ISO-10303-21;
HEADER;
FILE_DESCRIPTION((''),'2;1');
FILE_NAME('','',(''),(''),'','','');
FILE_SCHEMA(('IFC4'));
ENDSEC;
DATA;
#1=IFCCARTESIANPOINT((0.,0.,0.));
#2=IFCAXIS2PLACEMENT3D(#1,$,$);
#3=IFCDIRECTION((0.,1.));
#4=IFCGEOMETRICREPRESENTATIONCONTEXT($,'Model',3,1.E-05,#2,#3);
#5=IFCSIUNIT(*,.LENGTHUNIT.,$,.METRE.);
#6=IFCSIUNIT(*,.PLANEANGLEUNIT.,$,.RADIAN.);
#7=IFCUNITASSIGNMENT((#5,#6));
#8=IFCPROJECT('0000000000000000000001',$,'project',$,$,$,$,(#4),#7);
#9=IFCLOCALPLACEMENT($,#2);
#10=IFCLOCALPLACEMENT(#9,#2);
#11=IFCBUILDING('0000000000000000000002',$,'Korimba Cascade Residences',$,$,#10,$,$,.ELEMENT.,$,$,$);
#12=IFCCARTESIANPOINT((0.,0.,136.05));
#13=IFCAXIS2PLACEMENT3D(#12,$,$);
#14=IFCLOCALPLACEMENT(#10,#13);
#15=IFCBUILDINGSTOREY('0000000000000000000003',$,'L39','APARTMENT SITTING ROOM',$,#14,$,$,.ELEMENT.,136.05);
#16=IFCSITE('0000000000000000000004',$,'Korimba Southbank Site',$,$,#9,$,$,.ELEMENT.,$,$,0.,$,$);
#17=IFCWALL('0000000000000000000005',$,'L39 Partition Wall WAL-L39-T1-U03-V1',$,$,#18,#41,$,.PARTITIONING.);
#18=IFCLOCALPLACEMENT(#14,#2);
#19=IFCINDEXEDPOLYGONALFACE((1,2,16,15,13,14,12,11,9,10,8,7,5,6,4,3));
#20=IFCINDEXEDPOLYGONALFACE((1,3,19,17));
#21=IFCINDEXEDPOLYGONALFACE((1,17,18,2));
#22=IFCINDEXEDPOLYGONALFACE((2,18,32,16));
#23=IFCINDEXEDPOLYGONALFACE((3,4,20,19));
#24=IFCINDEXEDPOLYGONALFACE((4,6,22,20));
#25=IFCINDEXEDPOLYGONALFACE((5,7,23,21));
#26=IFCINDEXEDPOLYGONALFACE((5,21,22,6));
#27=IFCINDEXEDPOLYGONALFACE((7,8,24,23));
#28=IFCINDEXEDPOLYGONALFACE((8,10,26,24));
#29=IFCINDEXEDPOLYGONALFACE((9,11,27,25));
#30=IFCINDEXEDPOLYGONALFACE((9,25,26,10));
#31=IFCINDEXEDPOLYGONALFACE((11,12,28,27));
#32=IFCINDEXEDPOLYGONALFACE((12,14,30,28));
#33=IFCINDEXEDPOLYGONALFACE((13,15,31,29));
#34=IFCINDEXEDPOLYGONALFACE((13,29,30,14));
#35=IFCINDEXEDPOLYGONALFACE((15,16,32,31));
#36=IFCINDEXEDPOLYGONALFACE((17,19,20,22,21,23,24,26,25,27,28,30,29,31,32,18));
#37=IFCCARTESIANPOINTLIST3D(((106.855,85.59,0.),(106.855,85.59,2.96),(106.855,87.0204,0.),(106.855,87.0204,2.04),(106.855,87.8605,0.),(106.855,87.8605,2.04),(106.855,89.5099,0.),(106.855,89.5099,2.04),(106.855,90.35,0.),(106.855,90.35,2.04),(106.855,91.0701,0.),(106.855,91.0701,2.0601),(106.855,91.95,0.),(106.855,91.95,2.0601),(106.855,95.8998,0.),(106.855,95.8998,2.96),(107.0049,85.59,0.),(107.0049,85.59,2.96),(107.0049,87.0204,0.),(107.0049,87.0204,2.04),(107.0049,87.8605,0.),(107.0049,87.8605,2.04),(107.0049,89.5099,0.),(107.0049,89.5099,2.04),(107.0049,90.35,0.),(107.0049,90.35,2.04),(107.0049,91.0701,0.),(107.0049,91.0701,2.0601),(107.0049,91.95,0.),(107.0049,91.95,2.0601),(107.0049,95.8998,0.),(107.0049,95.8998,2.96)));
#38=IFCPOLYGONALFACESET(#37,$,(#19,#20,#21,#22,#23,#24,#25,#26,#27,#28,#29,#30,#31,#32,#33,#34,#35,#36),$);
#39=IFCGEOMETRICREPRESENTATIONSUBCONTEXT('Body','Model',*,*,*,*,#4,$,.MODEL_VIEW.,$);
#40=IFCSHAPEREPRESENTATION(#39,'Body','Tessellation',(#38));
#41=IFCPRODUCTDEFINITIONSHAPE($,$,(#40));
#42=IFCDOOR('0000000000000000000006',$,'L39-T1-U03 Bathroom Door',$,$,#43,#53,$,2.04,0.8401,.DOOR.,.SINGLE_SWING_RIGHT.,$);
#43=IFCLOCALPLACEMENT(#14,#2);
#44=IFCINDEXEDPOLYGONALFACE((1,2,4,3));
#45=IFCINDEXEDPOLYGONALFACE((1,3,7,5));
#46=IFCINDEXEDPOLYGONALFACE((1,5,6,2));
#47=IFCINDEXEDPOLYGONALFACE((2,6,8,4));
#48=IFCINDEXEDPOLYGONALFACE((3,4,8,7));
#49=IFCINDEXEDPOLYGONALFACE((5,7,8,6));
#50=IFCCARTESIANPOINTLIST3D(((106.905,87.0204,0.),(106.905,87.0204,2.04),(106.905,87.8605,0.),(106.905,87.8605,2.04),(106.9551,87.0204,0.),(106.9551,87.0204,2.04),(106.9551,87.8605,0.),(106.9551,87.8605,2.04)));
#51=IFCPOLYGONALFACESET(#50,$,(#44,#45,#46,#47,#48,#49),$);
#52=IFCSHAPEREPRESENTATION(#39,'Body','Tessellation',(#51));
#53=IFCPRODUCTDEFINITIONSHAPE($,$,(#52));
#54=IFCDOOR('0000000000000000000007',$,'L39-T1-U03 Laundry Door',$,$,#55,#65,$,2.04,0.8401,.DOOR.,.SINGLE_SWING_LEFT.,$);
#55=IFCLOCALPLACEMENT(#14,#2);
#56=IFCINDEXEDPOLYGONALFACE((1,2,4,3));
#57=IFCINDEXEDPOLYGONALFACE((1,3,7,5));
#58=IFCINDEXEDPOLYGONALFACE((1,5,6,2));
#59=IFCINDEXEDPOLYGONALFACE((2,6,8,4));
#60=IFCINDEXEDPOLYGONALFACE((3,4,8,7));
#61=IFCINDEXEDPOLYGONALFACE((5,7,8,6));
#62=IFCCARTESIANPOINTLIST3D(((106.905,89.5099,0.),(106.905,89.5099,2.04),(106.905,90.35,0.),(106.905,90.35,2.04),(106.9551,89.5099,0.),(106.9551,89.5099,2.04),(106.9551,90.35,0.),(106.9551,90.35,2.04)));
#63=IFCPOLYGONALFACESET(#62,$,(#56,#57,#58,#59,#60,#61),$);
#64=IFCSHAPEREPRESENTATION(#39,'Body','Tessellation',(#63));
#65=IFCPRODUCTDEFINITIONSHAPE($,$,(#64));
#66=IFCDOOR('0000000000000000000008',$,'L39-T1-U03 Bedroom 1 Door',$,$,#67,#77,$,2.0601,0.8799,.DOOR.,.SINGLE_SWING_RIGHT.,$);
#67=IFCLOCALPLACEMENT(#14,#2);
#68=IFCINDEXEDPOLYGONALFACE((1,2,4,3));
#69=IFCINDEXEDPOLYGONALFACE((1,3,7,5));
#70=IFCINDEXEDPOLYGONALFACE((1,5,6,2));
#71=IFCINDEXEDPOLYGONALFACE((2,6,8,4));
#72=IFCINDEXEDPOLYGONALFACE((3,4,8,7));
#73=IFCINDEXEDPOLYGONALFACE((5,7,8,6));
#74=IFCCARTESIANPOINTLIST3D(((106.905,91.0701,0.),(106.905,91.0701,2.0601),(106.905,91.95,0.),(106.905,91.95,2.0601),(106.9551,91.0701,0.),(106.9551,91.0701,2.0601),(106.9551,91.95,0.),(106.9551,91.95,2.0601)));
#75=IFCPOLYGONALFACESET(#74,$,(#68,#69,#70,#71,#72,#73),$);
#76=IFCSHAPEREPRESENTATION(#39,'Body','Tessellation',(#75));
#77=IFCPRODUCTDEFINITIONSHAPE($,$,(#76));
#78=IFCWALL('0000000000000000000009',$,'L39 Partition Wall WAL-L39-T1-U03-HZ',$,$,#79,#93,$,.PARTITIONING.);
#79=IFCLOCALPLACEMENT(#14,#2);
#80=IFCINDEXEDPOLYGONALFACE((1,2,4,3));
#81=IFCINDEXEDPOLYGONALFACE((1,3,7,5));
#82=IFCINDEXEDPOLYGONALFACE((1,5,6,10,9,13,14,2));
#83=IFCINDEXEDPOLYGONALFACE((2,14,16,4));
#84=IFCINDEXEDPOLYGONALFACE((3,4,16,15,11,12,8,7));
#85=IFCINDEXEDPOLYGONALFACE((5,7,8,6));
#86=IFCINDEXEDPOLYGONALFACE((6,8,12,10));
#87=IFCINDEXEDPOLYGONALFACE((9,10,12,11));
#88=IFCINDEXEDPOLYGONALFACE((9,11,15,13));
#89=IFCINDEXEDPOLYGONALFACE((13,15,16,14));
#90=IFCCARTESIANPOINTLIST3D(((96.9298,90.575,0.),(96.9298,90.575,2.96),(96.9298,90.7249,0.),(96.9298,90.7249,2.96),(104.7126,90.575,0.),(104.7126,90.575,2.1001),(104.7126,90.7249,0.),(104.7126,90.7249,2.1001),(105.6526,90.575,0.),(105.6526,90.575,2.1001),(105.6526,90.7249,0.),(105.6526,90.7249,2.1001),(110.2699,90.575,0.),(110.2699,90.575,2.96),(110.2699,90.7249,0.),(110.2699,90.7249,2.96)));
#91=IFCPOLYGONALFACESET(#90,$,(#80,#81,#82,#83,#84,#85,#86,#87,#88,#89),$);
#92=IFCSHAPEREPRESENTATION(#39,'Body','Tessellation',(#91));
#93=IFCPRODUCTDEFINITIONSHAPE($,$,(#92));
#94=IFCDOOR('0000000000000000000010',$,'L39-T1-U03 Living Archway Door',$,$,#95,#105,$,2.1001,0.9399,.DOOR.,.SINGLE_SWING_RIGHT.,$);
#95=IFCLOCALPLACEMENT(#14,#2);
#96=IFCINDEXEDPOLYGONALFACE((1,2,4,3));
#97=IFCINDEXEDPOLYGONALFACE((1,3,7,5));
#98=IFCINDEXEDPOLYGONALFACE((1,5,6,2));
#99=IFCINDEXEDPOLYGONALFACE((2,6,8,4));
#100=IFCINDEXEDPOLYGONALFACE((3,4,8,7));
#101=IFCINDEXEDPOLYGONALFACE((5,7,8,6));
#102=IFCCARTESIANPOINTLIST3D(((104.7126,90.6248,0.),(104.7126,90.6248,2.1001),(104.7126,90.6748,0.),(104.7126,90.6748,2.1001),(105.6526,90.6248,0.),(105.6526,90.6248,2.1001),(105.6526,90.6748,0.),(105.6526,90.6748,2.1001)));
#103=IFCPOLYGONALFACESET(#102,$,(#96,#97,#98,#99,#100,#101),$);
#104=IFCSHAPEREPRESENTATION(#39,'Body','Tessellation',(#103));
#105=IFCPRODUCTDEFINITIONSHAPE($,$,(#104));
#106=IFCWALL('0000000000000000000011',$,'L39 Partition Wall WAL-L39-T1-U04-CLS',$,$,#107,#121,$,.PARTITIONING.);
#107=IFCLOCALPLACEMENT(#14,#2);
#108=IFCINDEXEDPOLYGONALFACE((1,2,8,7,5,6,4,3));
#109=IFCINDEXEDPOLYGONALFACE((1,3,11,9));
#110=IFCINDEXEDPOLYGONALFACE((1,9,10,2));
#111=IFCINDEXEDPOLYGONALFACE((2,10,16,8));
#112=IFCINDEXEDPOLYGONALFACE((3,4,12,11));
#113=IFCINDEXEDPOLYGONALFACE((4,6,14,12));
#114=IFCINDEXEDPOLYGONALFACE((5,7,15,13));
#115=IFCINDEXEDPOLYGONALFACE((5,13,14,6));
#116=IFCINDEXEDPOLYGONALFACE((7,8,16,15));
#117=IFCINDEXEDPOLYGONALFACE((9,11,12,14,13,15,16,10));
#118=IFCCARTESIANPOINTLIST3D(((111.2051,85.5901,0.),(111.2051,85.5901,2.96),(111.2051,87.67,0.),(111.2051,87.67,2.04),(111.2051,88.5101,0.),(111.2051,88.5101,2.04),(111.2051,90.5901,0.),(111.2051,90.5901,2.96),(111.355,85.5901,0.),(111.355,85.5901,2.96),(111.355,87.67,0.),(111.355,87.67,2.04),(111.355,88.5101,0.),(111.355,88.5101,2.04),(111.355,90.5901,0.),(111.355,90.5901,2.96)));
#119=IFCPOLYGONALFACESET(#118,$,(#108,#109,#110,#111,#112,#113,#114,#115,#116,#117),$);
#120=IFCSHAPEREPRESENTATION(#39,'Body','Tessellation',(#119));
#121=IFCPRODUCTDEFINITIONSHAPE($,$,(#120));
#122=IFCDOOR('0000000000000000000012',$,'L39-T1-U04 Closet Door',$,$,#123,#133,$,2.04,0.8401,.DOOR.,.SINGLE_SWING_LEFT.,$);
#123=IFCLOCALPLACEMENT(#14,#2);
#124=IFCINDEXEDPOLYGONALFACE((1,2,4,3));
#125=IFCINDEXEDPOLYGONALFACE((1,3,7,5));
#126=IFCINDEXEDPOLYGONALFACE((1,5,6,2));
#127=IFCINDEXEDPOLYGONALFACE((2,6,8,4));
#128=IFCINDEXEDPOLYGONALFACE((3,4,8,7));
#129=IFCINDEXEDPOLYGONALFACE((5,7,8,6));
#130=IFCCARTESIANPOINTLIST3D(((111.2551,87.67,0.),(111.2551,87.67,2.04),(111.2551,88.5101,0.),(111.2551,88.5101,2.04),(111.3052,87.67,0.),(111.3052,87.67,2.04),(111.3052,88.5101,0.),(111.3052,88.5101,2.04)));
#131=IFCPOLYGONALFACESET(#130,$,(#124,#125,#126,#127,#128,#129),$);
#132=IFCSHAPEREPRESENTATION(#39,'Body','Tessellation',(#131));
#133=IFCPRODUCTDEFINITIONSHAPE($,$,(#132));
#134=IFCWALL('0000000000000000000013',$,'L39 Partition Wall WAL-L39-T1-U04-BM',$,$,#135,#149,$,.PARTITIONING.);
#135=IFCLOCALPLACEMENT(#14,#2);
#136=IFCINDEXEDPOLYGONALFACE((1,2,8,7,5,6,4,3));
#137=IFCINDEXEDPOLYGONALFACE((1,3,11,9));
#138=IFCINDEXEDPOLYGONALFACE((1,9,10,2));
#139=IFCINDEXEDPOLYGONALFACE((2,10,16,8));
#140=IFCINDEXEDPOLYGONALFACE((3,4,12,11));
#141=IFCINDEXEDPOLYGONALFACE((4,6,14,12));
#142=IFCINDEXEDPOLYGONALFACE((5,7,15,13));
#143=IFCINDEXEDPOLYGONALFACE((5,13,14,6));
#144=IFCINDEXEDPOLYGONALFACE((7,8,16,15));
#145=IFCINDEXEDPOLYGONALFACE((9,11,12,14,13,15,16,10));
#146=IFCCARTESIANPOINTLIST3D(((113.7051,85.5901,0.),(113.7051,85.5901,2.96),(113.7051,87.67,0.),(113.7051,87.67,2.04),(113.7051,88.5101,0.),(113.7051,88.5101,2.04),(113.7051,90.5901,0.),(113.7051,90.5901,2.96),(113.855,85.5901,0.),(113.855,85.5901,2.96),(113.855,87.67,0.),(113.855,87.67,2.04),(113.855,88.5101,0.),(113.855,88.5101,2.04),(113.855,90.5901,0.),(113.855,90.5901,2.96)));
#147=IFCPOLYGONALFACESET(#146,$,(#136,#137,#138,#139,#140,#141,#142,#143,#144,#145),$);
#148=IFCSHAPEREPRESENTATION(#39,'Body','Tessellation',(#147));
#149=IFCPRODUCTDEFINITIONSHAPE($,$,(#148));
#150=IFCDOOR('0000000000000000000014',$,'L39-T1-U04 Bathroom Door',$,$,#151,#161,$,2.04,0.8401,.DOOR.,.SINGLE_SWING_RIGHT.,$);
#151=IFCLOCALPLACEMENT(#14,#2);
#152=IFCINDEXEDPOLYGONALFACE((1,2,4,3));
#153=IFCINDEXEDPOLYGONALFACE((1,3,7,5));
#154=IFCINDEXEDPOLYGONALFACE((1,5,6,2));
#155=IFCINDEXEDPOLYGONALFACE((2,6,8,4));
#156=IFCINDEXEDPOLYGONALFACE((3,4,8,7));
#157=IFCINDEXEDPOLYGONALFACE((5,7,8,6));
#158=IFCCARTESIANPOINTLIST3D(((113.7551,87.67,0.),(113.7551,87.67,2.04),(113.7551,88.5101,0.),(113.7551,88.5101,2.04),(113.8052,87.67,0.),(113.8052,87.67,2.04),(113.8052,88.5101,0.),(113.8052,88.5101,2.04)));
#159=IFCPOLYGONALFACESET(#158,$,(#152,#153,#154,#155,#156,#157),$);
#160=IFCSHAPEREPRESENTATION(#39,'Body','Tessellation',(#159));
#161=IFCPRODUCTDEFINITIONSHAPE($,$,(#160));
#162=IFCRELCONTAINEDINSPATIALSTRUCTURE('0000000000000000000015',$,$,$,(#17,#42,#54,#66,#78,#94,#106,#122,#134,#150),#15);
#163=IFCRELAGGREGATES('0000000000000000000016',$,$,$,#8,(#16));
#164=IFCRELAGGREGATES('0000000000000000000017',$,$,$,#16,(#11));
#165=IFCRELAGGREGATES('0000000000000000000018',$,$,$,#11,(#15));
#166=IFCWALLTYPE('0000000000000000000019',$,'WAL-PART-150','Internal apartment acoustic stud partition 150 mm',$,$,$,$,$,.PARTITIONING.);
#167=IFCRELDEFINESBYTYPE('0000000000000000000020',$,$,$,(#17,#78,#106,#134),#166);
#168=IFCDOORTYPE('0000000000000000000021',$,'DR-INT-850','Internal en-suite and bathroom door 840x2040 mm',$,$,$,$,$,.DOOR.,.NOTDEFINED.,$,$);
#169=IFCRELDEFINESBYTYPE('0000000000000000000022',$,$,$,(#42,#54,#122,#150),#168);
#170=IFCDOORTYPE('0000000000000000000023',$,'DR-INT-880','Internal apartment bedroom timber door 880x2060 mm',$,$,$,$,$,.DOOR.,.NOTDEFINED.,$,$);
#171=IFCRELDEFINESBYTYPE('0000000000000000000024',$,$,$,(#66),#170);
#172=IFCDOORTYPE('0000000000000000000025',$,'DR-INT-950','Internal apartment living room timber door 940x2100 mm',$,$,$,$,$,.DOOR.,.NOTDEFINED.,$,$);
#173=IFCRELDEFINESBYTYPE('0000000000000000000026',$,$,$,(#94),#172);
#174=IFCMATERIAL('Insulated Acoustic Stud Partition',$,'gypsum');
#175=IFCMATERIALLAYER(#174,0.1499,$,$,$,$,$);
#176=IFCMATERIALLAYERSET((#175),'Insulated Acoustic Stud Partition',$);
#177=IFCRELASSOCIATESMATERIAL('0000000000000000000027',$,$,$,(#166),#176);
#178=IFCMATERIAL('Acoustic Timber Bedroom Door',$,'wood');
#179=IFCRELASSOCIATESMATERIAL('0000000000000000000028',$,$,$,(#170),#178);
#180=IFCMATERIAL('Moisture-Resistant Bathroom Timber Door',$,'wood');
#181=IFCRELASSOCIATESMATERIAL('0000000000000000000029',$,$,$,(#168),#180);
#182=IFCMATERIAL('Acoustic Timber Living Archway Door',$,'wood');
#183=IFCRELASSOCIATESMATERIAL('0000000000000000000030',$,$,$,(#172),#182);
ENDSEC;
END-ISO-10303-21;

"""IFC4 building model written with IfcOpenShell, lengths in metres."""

from ifc_helpers import new_model, si_unit, direction, frame, frame_2d, origin, place, context, subcontext, project, spatial, rectangle, extrude, material, layer, layer_set, type_object, element, fill, save


model = new_model("IFC4")

# Units and contexts
model_context = context("Model", 3, precision=1e-05, world=origin(), true_north=direction((0.0, 1.0)))
body_context = subcontext(model_context, "Body", "Model", "MODEL_VIEW")
ifc_project = project(units=[si_unit("LENGTHUNIT", "METRE"), si_unit("PLANEANGLEUNIT", "RADIAN")], contexts=[model_context])

# Site, building, storey
site_placement = place(None, origin())
site = spatial("IfcSite", under=ifc_project, at=site_placement, Name="Korimba Southbank Site", CompositionType="ELEMENT", RefElevation=0.0)
building_placement = place(site_placement, origin())
building = spatial("IfcBuilding", under=site, at=building_placement, Name="Korimba Cascade Residences", CompositionType="ELEMENT")
storey_placement = place(building_placement, frame((0.0, 0.0, 136.05)))
storey = spatial("IfcBuildingStorey", under=building, at=storey_placement, Name="L39", Description="APARTMENT SITTING ROOM", CompositionType="ELEMENT", Elevation=136.05)

# Shared definitions
ifc_material_1 = material(Name="Insulated Acoustic Stud Partition", Category="gypsum")
ifc_layer = layer(ifc_material_1, 0.1499)
ifc_layer_set = layer_set([ifc_layer], Name="Insulated Acoustic Stud Partition")
wall_type = type_object("IfcWallType", Name="WAL-PART-150", Description="Internal apartment acoustic stud partition 150 mm", PredefinedType="PARTITIONING", material=ifc_layer_set)
ifc_material_2 = material(Name="Acoustic Timber Bedroom Door", Category="wood")
door_type_1 = type_object("IfcDoorType", Name="DR-INT-880", Description="Internal apartment bedroom timber door 880x2060 mm", OperationType="NOTDEFINED", PredefinedType="DOOR", material=ifc_material_2)

# Wall, openings, doors
wall_1_placement = place(storey_placement, frame((106.9299, 85.5901, 0.0), z_axis=(0.0, 0.0, 1.0), x_axis=(0.0, 1.0, 0.0)))
wall_1 = element("IfcWall", 1, at=wall_1_placement, inside=storey, type_object=wall_type, Name="L39 Partition Wall WAL-L39-T1-U03-V1", PredefinedType="PARTITIONING", context=body_context, shape_type="SweptSolid", body=[
    extrude(rectangle(XDim=10.3098, YDim=0.1499, at=frame_2d((5.1548, 0.0))), origin(), (0.0, 0.0, 1.0), 2.96),
])
opening_1_placement = place(wall_1_placement, frame((1.4304, 0.0, 0.0)))
opening_1 = element("IfcOpeningElement", 2, at=opening_1_placement, cuts=wall_1, PredefinedType="OPENING", context=body_context, shape_type="SweptSolid", body=[
    extrude(rectangle(XDim=0.8401, YDim=2.04, at=frame_2d((0.4199, 1.02))), frame((0.0, 0.085, 0.0), z_axis=(0.0, -1.0, 0.0), x_axis=(1.0, 0.0, 0.0)), (0.0, 0.0, 1.0), 0.1699),
])
opening_2_placement = place(wall_1_placement, frame((3.9199, 0.0, 0.0)))
opening_2 = element("IfcOpeningElement", 3, at=opening_2_placement, cuts=wall_1, PredefinedType="OPENING", context=body_context, shape_type="SweptSolid", body=[
    extrude(rectangle(XDim=0.8401, YDim=2.04, at=frame_2d((0.4199, 1.02))), frame((0.0, 0.085, 0.0), z_axis=(0.0, -1.0, 0.0), x_axis=(1.0, 0.0, 0.0)), (0.0, 0.0, 1.0), 0.1699),
])
opening_3_placement = place(wall_1_placement, frame((5.48, 0.0, 0.0)))
opening_3 = element("IfcOpeningElement", 4, at=opening_3_placement, cuts=wall_1, PredefinedType="OPENING", context=body_context, shape_type="SweptSolid", body=[
    extrude(rectangle(XDim=0.8799, YDim=2.0601, at=frame_2d((0.4399, 1.03))), frame((0.0, 0.085, 0.0), z_axis=(0.0, -1.0, 0.0), x_axis=(1.0, 0.0, 0.0)), (0.0, 0.0, 1.0), 0.1699),
])
ifc_material_3 = material(Name="Moisture-Resistant Bathroom Timber Door", Category="wood")
door_type_2 = type_object("IfcDoorType", Name="DR-INT-850", Description="Internal en-suite and bathroom door 840x2040 mm", OperationType="NOTDEFINED", PredefinedType="DOOR", material=ifc_material_3)
door_1_placement = place(opening_1_placement, origin())
door_1 = element("IfcDoor", 5, at=door_1_placement, inside=storey, type_object=door_type_2, Name="L39-T1-U03 Bathroom Door", OperationType="SINGLE_SWING_RIGHT", OverallHeight=2.04, OverallWidth=0.8401, PredefinedType="DOOR", context=body_context, shape_type="SweptSolid", body=[
    extrude(rectangle(XDim=0.8401, YDim=2.04, at=frame_2d((0.4199, 1.02))), frame((0.0, 0.0249, 0.0), z_axis=(0.0, -1.0, 0.0), x_axis=(1.0, 0.0, 0.0)), (0.0, 0.0, 1.0), 0.05),
])
fill(opening_1, door_1)
door_2_placement = place(opening_2_placement, origin())
door_2 = element("IfcDoor", 6, at=door_2_placement, inside=storey, type_object=door_type_2, Name="L39-T1-U03 Laundry Door", OperationType="SINGLE_SWING_LEFT", OverallHeight=2.04, OverallWidth=0.8401, PredefinedType="DOOR", context=body_context, shape_type="SweptSolid", body=[
    extrude(rectangle(XDim=0.8401, YDim=2.04, at=frame_2d((0.4199, 1.02))), frame((0.0, 0.0249, 0.0), z_axis=(0.0, -1.0, 0.0), x_axis=(1.0, 0.0, 0.0)), (0.0, 0.0, 1.0), 0.05),
])
fill(opening_2, door_2)
door_3_placement = place(opening_3_placement, origin())
door_3 = element("IfcDoor", 7, at=door_3_placement, inside=storey, type_object=door_type_1, Name="L39-T1-U03 Bedroom 1 Door", OperationType="SINGLE_SWING_RIGHT", OverallHeight=2.0601, OverallWidth=0.8799, PredefinedType="DOOR", context=body_context, shape_type="SweptSolid", body=[
    extrude(rectangle(XDim=0.8799, YDim=2.0601, at=frame_2d((0.4399, 1.03))), frame((0.0, 0.0249, 0.0), z_axis=(0.0, -1.0, 0.0), x_axis=(1.0, 0.0, 0.0)), (0.0, 0.0, 1.0), 0.05),
])
fill(opening_3, door_3)

# Walls, openings, doors
wall_2_placement = place(storey_placement, frame((96.9299, 90.6499, 0.0), z_axis=(0.0, 0.0, 1.0), x_axis=(1.0, 0.0, 0.0)))
wall_2 = element("IfcWall", 8, at=wall_2_placement, inside=storey, type_object=wall_type, Name="L39 Partition Wall WAL-L39-T1-U03-HZ", PredefinedType="PARTITIONING", context=body_context, shape_type="SweptSolid", body=[
    extrude(rectangle(XDim=13.3401, YDim=0.1499, at=frame_2d((6.6699, 0.0))), origin(), (0.0, 0.0, 1.0), 2.96),
])
opening_4_placement = place(wall_2_placement, frame((7.7827, 0.0, 0.0)))
opening_4 = element("IfcOpeningElement", 9, at=opening_4_placement, cuts=wall_2, PredefinedType="OPENING", context=body_context, shape_type="SweptSolid", body=[
    extrude(rectangle(XDim=0.9399, YDim=2.1001, at=frame_2d((0.47, 1.05))), frame((0.0, 0.085, 0.0), z_axis=(0.0, -1.0, 0.0), x_axis=(1.0, 0.0, 0.0)), (0.0, 0.0, 1.0), 0.1699),
])
ifc_material_4 = material(Name="Acoustic Timber Living Archway Door", Category="wood")
door_type_3 = type_object("IfcDoorType", Name="DR-INT-950", Description="Internal apartment living room timber door 940x2100 mm", OperationType="NOTDEFINED", PredefinedType="DOOR", material=ifc_material_4)
door_4_placement = place(opening_4_placement, origin())
door_4 = element("IfcDoor", 10, at=door_4_placement, inside=storey, type_object=door_type_3, Name="L39-T1-U03 Living Archway Door", OperationType="SINGLE_SWING_RIGHT", OverallHeight=2.1001, OverallWidth=0.9399, PredefinedType="DOOR", context=body_context, shape_type="SweptSolid", body=[
    extrude(rectangle(XDim=0.9399, YDim=2.1001, at=frame_2d((0.47, 1.05))), frame((0.0, 0.0249, 0.0), z_axis=(0.0, -1.0, 0.0), x_axis=(1.0, 0.0, 0.0)), (0.0, 0.0, 1.0), 0.05),
])
fill(opening_4, door_4)
wall_3_placement = place(storey_placement, frame((111.28, 85.5901, 0.0), z_axis=(0.0, 0.0, 1.0), x_axis=(0.0, 1.0, 0.0)))
wall_3 = element("IfcWall", 11, at=wall_3_placement, inside=storey, type_object=wall_type, Name="L39 Partition Wall WAL-L39-T1-U04-CLS", PredefinedType="PARTITIONING", context=body_context, shape_type="SweptSolid", body=[
    extrude(rectangle(XDim=5.0, YDim=0.1499, at=frame_2d((2.5, 0.0))), origin(), (0.0, 0.0, 1.0), 2.96),
])
opening_5_placement = place(wall_3_placement, frame((2.0801, 0.0, 0.0)))
opening_5 = element("IfcOpeningElement", 12, at=opening_5_placement, cuts=wall_3, PredefinedType="OPENING", context=body_context, shape_type="SweptSolid", body=[
    extrude(rectangle(XDim=0.8401, YDim=2.04, at=frame_2d((0.4199, 1.02))), frame((0.0, 0.085, 0.0), z_axis=(0.0, -1.0, 0.0), x_axis=(1.0, 0.0, 0.0)), (0.0, 0.0, 1.0), 0.1699),
])
door_5_placement = place(opening_5_placement, origin())
door_5 = element("IfcDoor", 13, at=door_5_placement, inside=storey, type_object=door_type_2, Name="L39-T1-U04 Closet Door", OperationType="SINGLE_SWING_LEFT", OverallHeight=2.04, OverallWidth=0.8401, PredefinedType="DOOR", context=body_context, shape_type="SweptSolid", body=[
    extrude(rectangle(XDim=0.8401, YDim=2.04, at=frame_2d((0.4199, 1.02))), frame((0.0, 0.0249, 0.0), z_axis=(0.0, -1.0, 0.0), x_axis=(1.0, 0.0, 0.0)), (0.0, 0.0, 1.0), 0.05),
])
fill(opening_5, door_5)
wall_4_placement = place(storey_placement, frame((113.78, 85.5901, 0.0), z_axis=(0.0, 0.0, 1.0), x_axis=(0.0, 1.0, 0.0)))
wall_4 = element("IfcWall", 14, at=wall_4_placement, inside=storey, type_object=wall_type, Name="L39 Partition Wall WAL-L39-T1-U04-BM", PredefinedType="PARTITIONING", context=body_context, shape_type="SweptSolid", body=[
    extrude(rectangle(XDim=5.0, YDim=0.1499, at=frame_2d((2.5, 0.0))), origin(), (0.0, 0.0, 1.0), 2.96),
])
opening_6_placement = place(wall_4_placement, frame((2.0801, 0.0, 0.0)))
opening_6 = element("IfcOpeningElement", 15, at=opening_6_placement, cuts=wall_4, PredefinedType="OPENING", context=body_context, shape_type="SweptSolid", body=[
    extrude(rectangle(XDim=0.8401, YDim=2.04, at=frame_2d((0.4199, 1.02))), frame((0.0, 0.085, 0.0), z_axis=(0.0, -1.0, 0.0), x_axis=(1.0, 0.0, 0.0)), (0.0, 0.0, 1.0), 0.1699),
])
door_6_placement = place(opening_6_placement, origin())
door_6 = element("IfcDoor", 16, at=door_6_placement, inside=storey, type_object=door_type_2, Name="L39-T1-U04 Bathroom Door", OperationType="SINGLE_SWING_RIGHT", OverallHeight=2.04, OverallWidth=0.8401, PredefinedType="DOOR", context=body_context, shape_type="SweptSolid", body=[
    extrude(rectangle(XDim=0.8401, YDim=2.04, at=frame_2d((0.4199, 1.02))), frame((0.0, 0.0249, 0.0), z_axis=(0.0, -1.0, 0.0), x_axis=(1.0, 0.0, 0.0)), (0.0, 0.0, 1.0), 0.05),
])
fill(opening_6, door_6)

save(model, "model.ifc")
